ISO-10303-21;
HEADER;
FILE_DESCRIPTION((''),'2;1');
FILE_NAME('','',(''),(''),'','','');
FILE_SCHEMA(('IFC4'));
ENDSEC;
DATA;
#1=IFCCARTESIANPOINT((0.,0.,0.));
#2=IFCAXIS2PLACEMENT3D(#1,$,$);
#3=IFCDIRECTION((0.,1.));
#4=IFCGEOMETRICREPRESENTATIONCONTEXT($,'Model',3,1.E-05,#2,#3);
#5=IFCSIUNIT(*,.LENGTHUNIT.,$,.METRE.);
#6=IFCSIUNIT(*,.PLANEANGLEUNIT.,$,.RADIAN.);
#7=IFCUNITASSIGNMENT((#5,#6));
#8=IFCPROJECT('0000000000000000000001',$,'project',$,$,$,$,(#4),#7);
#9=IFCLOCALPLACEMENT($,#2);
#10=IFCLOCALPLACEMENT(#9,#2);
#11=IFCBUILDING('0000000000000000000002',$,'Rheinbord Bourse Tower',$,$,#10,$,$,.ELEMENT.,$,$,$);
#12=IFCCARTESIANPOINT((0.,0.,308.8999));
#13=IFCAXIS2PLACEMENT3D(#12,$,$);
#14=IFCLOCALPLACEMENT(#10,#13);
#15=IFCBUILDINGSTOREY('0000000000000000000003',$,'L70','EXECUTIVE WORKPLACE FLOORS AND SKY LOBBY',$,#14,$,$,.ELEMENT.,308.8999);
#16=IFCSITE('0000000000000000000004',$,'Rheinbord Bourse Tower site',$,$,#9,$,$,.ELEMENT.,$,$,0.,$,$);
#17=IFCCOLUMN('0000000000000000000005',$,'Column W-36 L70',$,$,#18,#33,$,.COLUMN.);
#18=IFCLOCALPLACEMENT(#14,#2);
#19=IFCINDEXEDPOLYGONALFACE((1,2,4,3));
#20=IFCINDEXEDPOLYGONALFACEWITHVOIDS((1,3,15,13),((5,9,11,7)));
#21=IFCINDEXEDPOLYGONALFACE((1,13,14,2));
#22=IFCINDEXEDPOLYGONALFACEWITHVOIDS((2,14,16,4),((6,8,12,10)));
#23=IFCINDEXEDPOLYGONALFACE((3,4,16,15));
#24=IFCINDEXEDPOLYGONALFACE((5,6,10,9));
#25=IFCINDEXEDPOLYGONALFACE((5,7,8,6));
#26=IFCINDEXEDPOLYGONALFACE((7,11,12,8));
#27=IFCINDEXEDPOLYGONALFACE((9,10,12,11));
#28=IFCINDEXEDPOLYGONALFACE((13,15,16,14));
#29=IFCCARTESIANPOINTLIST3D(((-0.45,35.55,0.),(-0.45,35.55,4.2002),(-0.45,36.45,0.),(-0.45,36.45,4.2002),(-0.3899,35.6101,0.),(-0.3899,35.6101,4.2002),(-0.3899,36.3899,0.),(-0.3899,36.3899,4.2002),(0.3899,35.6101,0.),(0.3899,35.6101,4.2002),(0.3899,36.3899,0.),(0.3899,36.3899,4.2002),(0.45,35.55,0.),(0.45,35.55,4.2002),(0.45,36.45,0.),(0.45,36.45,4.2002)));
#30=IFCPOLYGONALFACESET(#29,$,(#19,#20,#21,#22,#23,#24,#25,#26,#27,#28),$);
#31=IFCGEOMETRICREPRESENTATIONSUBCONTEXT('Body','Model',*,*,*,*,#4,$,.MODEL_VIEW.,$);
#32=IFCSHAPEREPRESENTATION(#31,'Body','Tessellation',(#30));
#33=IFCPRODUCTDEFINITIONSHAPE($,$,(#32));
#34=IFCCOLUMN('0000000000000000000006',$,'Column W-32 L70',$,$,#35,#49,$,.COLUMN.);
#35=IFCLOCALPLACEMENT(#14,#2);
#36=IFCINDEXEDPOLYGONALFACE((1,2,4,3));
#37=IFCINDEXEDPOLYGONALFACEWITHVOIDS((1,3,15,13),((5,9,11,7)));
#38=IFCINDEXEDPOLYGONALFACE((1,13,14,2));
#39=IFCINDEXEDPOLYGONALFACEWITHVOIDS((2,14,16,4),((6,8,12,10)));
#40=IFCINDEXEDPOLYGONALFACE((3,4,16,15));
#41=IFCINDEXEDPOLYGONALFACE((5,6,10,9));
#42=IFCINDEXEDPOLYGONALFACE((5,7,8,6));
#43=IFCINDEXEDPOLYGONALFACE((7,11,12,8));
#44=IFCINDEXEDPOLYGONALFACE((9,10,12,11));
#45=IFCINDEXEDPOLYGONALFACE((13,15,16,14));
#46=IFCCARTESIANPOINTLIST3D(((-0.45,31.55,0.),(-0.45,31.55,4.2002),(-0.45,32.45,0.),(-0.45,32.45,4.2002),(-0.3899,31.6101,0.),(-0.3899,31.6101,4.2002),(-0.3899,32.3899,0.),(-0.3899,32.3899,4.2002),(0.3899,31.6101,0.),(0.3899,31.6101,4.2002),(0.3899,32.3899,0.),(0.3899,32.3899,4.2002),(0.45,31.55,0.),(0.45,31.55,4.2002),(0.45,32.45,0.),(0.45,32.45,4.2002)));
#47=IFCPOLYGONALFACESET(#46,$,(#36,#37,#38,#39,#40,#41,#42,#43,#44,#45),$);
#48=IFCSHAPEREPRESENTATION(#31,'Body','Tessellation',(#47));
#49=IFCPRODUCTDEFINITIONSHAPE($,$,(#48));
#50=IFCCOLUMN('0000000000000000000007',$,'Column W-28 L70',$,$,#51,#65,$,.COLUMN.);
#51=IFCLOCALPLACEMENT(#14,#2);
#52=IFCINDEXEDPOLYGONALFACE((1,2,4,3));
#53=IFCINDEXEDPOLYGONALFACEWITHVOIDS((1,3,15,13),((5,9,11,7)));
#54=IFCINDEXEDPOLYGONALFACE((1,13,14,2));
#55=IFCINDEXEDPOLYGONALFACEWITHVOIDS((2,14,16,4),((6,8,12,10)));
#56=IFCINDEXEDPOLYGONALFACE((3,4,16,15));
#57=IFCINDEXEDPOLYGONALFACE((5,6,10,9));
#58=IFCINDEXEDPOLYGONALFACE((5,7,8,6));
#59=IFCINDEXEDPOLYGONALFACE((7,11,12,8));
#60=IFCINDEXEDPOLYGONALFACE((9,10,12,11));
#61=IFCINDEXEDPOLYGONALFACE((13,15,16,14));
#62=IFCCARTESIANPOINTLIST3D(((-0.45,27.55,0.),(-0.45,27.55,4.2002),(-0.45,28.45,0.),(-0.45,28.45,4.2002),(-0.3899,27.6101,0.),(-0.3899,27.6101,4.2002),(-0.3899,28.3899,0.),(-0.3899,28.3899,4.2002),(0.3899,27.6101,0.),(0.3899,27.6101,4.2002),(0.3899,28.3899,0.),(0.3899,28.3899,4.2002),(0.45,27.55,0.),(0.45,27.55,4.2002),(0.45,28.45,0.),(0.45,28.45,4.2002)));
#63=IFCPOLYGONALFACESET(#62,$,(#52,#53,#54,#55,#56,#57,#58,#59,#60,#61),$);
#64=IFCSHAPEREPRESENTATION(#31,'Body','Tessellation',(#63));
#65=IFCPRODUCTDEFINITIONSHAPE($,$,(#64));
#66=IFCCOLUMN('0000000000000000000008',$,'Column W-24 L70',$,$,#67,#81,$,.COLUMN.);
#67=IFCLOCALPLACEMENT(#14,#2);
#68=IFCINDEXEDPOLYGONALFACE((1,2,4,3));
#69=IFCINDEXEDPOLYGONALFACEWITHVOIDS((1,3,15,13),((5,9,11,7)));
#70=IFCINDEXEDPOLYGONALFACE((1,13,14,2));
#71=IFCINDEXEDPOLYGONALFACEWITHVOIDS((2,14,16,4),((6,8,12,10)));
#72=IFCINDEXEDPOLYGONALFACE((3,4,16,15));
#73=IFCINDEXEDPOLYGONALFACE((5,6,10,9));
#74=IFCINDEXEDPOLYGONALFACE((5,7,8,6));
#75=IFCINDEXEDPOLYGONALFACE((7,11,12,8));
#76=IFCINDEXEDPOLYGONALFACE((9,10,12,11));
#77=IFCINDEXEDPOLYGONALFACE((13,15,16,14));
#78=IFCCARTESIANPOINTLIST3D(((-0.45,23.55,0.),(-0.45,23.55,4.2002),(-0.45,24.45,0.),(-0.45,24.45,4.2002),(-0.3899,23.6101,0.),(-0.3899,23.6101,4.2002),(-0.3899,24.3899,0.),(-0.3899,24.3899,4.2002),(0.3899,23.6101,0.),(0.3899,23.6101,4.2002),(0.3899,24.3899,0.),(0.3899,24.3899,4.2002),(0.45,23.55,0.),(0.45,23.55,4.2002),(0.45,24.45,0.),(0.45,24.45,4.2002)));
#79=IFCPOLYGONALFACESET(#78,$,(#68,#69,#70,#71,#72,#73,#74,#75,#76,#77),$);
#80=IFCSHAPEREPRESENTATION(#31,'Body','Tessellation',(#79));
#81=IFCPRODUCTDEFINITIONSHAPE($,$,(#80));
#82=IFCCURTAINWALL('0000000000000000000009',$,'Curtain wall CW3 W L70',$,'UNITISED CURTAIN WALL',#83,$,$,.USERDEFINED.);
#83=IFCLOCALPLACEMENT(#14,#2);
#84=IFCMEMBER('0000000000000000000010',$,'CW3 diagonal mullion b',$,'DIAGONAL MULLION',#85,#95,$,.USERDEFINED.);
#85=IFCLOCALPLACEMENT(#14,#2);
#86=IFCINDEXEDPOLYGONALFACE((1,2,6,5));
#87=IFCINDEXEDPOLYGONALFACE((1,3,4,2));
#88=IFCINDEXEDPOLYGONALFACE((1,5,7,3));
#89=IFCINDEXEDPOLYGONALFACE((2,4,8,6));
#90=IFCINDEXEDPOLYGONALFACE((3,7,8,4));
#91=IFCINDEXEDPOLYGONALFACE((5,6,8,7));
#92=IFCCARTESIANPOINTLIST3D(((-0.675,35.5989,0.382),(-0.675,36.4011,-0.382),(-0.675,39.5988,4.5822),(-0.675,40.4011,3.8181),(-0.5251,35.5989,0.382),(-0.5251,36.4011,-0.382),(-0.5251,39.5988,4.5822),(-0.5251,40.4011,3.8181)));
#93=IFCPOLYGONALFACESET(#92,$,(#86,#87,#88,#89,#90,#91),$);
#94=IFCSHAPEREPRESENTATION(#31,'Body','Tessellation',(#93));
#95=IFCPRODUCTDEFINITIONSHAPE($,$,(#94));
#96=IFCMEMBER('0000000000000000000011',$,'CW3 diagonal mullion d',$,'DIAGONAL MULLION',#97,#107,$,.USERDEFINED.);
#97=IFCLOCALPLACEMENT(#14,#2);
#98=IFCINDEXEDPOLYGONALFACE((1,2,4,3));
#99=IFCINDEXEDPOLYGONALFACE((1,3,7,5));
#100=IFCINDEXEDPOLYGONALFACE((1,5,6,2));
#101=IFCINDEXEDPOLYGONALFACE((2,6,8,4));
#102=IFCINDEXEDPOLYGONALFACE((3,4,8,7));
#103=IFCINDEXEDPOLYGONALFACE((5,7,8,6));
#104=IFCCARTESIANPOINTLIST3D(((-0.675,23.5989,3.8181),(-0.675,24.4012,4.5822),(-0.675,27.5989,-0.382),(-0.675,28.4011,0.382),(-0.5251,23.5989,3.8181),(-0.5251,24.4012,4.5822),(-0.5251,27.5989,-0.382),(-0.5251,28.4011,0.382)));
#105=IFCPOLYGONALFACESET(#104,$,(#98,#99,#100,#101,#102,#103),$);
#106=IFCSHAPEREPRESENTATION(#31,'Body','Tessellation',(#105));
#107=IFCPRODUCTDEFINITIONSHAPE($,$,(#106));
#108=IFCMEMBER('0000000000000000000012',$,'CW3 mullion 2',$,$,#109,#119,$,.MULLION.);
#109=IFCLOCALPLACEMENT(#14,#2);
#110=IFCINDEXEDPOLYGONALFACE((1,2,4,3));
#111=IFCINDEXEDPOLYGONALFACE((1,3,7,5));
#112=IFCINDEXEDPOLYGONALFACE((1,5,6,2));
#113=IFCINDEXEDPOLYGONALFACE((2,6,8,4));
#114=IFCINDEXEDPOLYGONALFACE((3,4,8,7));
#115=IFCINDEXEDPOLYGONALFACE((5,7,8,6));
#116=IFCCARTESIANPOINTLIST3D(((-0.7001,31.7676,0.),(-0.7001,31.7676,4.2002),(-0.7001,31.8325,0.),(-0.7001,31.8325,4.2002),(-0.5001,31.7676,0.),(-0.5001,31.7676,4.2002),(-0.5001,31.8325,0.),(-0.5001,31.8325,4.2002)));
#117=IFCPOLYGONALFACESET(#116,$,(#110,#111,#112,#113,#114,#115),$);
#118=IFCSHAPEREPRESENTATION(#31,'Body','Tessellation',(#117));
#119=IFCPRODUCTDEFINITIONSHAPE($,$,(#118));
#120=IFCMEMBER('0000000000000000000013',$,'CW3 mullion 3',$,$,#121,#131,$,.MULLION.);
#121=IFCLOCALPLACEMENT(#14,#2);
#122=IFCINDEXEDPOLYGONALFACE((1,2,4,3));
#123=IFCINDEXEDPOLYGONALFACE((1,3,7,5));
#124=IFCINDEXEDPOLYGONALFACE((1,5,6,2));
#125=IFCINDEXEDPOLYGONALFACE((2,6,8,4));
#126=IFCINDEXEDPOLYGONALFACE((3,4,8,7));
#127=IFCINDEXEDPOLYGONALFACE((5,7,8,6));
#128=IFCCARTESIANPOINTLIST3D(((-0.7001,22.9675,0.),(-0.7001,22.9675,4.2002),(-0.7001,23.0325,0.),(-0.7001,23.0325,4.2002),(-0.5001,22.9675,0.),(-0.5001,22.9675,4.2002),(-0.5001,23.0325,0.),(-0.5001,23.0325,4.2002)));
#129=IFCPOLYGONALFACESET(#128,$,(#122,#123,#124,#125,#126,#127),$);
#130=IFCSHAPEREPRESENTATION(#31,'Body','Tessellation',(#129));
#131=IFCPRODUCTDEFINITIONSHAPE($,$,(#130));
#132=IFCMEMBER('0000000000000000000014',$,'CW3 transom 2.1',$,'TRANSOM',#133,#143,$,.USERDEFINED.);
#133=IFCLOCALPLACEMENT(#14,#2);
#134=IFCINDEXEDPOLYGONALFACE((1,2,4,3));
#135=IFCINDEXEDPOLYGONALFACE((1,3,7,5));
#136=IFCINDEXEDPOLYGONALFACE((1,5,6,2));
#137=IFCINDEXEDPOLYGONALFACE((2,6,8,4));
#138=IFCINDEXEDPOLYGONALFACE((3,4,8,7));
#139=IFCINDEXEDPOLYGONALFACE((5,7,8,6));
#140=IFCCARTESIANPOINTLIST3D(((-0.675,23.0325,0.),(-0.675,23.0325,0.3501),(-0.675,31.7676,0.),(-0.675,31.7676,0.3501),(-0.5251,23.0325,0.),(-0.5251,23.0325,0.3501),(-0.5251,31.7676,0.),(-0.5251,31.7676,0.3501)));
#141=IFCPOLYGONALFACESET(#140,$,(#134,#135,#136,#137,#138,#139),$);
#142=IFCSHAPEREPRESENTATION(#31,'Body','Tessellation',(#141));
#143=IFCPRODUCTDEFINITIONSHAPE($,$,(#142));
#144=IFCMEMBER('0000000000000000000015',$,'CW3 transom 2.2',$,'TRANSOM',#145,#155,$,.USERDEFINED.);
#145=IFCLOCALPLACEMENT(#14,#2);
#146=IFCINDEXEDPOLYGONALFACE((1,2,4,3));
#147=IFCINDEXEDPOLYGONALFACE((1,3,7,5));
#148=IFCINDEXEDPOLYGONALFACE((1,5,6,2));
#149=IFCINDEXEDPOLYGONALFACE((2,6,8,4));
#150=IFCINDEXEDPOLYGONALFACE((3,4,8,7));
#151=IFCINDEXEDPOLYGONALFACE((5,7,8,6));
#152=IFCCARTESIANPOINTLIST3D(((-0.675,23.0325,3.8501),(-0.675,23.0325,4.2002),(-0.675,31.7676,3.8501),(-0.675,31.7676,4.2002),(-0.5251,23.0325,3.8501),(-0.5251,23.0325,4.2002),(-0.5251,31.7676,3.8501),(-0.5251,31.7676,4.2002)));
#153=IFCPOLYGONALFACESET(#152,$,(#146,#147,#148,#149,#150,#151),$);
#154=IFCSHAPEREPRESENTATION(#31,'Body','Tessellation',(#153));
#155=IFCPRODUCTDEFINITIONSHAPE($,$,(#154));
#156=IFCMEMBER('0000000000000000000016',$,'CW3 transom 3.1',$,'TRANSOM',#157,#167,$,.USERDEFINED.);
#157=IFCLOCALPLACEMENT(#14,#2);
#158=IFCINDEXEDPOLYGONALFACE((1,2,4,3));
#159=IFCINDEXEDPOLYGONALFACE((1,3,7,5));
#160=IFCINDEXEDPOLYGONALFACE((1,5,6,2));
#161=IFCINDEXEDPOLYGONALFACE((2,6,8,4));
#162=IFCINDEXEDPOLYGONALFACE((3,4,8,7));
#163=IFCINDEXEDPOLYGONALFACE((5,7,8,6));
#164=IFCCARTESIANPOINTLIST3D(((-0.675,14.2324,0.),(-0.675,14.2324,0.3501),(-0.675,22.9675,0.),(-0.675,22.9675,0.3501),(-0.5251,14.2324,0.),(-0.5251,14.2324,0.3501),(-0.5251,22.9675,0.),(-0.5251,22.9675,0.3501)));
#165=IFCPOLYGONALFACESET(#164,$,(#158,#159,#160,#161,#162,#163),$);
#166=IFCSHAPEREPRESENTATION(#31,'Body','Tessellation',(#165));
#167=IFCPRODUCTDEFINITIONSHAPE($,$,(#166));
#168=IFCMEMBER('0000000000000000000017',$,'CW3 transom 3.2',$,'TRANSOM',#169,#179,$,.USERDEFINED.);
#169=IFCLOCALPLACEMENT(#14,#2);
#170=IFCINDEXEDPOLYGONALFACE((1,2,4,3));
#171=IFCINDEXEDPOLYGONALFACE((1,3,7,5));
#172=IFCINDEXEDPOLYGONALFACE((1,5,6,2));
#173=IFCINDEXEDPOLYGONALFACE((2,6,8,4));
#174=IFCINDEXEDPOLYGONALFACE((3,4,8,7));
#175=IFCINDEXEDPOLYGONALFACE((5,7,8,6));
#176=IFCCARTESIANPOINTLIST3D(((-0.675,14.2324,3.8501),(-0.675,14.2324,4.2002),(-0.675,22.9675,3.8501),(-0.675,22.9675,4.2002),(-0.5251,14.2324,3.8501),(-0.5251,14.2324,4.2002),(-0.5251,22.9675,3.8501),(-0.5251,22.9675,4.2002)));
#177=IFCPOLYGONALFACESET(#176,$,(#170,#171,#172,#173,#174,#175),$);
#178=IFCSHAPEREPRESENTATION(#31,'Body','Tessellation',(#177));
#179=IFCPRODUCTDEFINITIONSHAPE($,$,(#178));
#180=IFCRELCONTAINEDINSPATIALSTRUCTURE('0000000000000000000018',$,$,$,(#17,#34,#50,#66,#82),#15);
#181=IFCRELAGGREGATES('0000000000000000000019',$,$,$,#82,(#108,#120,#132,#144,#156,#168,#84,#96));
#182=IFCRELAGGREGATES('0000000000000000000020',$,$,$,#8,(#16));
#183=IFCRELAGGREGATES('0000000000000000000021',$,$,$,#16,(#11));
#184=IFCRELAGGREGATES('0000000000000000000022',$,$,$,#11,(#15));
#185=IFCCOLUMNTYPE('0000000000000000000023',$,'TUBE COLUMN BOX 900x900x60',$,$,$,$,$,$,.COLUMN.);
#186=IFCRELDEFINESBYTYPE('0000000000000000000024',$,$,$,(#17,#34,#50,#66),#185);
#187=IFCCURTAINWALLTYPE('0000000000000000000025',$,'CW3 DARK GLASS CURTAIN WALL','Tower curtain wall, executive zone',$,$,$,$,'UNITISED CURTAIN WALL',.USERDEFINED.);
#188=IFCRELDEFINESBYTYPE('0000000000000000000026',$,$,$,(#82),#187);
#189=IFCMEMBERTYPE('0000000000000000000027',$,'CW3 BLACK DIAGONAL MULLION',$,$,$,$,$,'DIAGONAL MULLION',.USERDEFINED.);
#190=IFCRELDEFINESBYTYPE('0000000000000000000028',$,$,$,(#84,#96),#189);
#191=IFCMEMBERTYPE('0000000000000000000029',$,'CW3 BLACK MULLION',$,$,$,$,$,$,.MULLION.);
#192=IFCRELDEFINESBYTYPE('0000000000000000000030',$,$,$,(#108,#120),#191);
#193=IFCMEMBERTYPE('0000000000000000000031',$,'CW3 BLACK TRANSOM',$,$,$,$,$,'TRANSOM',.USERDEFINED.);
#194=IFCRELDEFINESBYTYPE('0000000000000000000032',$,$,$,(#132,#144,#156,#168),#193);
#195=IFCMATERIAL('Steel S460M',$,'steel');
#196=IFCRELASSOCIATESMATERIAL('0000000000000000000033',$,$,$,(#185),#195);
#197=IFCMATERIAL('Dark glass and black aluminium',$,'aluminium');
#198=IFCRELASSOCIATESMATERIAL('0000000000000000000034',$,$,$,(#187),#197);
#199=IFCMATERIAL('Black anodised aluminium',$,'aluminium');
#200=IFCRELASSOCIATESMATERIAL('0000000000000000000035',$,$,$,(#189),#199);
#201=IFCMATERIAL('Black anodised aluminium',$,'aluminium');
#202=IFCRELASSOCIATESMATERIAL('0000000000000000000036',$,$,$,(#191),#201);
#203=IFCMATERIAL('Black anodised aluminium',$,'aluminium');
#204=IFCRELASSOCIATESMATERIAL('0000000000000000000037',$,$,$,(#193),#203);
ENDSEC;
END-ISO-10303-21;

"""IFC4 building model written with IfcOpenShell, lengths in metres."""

from ifc_helpers import new_model, si_unit, direction, frame, origin, origin_2d, place, context, subcontext, project, spatial, rectangle, hollow_rectangle, extrude, material, material_profile, profile_set, type_object, element, aggregate, save


model = new_model("IFC4")

# Units and contexts
model_context = context("Model", 3, precision=1e-05, world=origin(), true_north=direction((0.0, 1.0)))
body_context = subcontext(model_context, "Body", "Model", "MODEL_VIEW")
ifc_project = project(units=[si_unit("LENGTHUNIT", "METRE"), si_unit("PLANEANGLEUNIT", "RADIAN")], contexts=[model_context])

# Site, building, storey
site_placement = place(None, origin())
site = spatial("IfcSite", under=ifc_project, at=site_placement, Name="Rheinbord Bourse Tower site", CompositionType="ELEMENT", RefElevation=0.0)
building_placement = place(site_placement, origin())
building = spatial("IfcBuilding", under=site, at=building_placement, Name="Rheinbord Bourse Tower", CompositionType="ELEMENT")
storey_placement = place(building_placement, frame((0.0, 0.0, 308.8999)))
storey = spatial("IfcBuildingStorey", under=building, at=storey_placement, Name="L70", Description="EXECUTIVE WORKPLACE FLOORS AND SKY LOBBY", CompositionType="ELEMENT", Elevation=308.8999)

# Columns
ifc_material_1 = material(Name="Steel S460M", Category="steel")
ifc_material_profile_1 = material_profile(ifc_material_1, hollow_rectangle(XDim=0.8999, YDim=0.8999, WallThickness=0.0601, at=origin_2d()), Name="BOX 900x900x60")
ifc_profile_set_1 = profile_set([ifc_material_profile_1], Name="Steel S460M")
column_type = type_object("IfcColumnType", Name="TUBE COLUMN BOX 900x900x60", PredefinedType="COLUMN", material=ifc_profile_set_1)
for number, where, z_axis, x_axis, name in (
    (1, (0.0, 36.0, 0.0), (0.0, 0.0, 1.0), (1.0, 0.0, 0.0), "Column W-36 L70"),
    (2, (0.0, 32.0, 0.0), (0.0, 0.0, 1.0), (1.0, 0.0, 0.0), "Column W-32 L70"),
    (3, (0.0, 28.0, 0.0), (0.0, 0.0, 1.0), (1.0, 0.0, 0.0), "Column W-28 L70"),
    (4, (0.0, 24.0, 0.0), (0.0, 0.0, 1.0), (1.0, 0.0, 0.0), "Column W-24 L70"),
):
    element("IfcColumn", number, at=place(storey_placement, frame(where, z_axis=z_axis, x_axis=x_axis)), inside=storey, type_object=column_type, Name=name, PredefinedType="COLUMN", context=body_context, shape_type="SweptSolid", body=[
        extrude(hollow_rectangle(XDim=0.8999, YDim=0.8999, WallThickness=0.0601, at=origin_2d()), origin(), (0.0, 0.0, 1.0), 4.2002),
    ])

# Curtain wall, members
ifc_material_2 = material(Name="Dark glass and black aluminium", Category="aluminium")
curtain_wall_type = type_object("IfcCurtainWallType", Name="CW3 DARK GLASS CURTAIN WALL", Description="Tower curtain wall, executive zone", ElementType="UNITISED CURTAIN WALL", PredefinedType="USERDEFINED", material=ifc_material_2)
curtain_wall_placement = place(storey_placement, origin())
curtain_wall = element("IfcCurtainWall", 5, at=curtain_wall_placement, inside=storey, type_object=curtain_wall_type, Name="Curtain wall CW3 W L70", ObjectType="UNITISED CURTAIN WALL", PredefinedType="USERDEFINED")
ifc_material_3 = material(Name="Black anodised aluminium", Category="aluminium")
ifc_material_profile_2 = material_profile(ifc_material_3, rectangle(XDim=0.1499, YDim=1.1079, at=origin_2d()), Name="CW3 DIAGONAL MULLION 1108x150")
ifc_profile_set_2 = profile_set([ifc_material_profile_2], Name="Black anodised aluminium")
member_type_1 = type_object("IfcMemberType", Name="CW3 BLACK DIAGONAL MULLION", ElementType="DIAGONAL MULLION", PredefinedType="USERDEFINED", material=ifc_profile_set_2)
member_1_placement = place(storey_placement, frame((-0.6001, 36.0, 0.0), z_axis=(0.0, 0.689638, 0.724154), x_axis=(-1.0, 0.0, 0.0)))
member_1 = element("IfcMember", 6, at=member_1_placement, type_object=member_type_1, Name="CW3 diagonal mullion b", ObjectType="DIAGONAL MULLION", PredefinedType="USERDEFINED", context=body_context, shape_type="SweptSolid", body=[
    extrude(rectangle(XDim=0.1499, YDim=1.1079, at=origin_2d()), origin(), (0.0, 0.0, 1.0), 5.8),
])
member_2_placement = place(storey_placement, frame((-0.6001, 28.0, 0.0), z_axis=(0.0, -0.689638, 0.724154), x_axis=(1.0, 0.0, 0.0)))
member_2 = element("IfcMember", 7, at=member_2_placement, type_object=member_type_1, Name="CW3 diagonal mullion d", ObjectType="DIAGONAL MULLION", PredefinedType="USERDEFINED", context=body_context, shape_type="SweptSolid", body=[
    extrude(rectangle(XDim=0.1499, YDim=1.1079, at=origin_2d()), origin(), (0.0, 0.0, 1.0), 5.8),
])
ifc_material_4 = material(Name="Black anodised aluminium", Category="aluminium")
ifc_material_profile_3 = material_profile(ifc_material_4, rectangle(XDim=0.2, YDim=0.0649, at=origin_2d()), Name="CW3 MULLION 65x200")
ifc_profile_set_3 = profile_set([ifc_material_profile_3], Name="Black anodised aluminium")
member_type_2 = type_object("IfcMemberType", Name="CW3 BLACK MULLION", PredefinedType="MULLION", material=ifc_profile_set_3)
member_3_placement = place(storey_placement, frame((-0.6001, 31.8, 0.0), z_axis=(0.0, 0.0, 1.0), x_axis=(1.0, 0.0, 0.0)))
member_3 = element("IfcMember", 8, at=member_3_placement, type_object=member_type_2, Name="CW3 mullion 2", PredefinedType="MULLION", context=body_context, shape_type="SweptSolid", body=[
    extrude(rectangle(XDim=0.2, YDim=0.0649, at=origin_2d()), origin(), (0.0, 0.0, 1.0), 4.2002),
])
member_4_placement = place(storey_placement, frame((-0.6001, 23.0, 0.0), z_axis=(0.0, 0.0, 1.0), x_axis=(1.0, 0.0, 0.0)))
member_4 = element("IfcMember", 9, at=member_4_placement, type_object=member_type_2, Name="CW3 mullion 3", PredefinedType="MULLION", context=body_context, shape_type="SweptSolid", body=[
    extrude(rectangle(XDim=0.2, YDim=0.0649, at=origin_2d()), origin(), (0.0, 0.0, 1.0), 4.2002),
])
ifc_material_5 = material(Name="Black anodised aluminium", Category="aluminium")
ifc_material_profile_4 = material_profile(ifc_material_5, rectangle(XDim=0.1499, YDim=0.3501, at=origin_2d()), Name="CW3 TRANSOM 350x150")
ifc_profile_set_4 = profile_set([ifc_material_profile_4], Name="Black anodised aluminium")
member_type_3 = type_object("IfcMemberType", Name="CW3 BLACK TRANSOM", ElementType="TRANSOM", PredefinedType="USERDEFINED", material=ifc_profile_set_4)
member_5_placement = place(storey_placement, frame((-0.6001, 31.7676, 0.175), z_axis=(0.0, -1.0, 0.0), x_axis=(1.0, 0.0, 0.0)))
member_5 = element("IfcMember", 10, at=member_5_placement, type_object=member_type_3, Name="CW3 transom 2.1", ObjectType="TRANSOM", PredefinedType="USERDEFINED", context=body_context, shape_type="SweptSolid", body=[
    extrude(rectangle(XDim=0.1499, YDim=0.3501, at=origin_2d()), origin(), (0.0, 0.0, 1.0), 8.7351),
])
member_6_placement = place(storey_placement, frame((-0.6001, 31.7676, 4.0251), z_axis=(0.0, -1.0, 0.0), x_axis=(1.0, 0.0, 0.0)))
member_6 = element("IfcMember", 11, at=member_6_placement, type_object=member_type_3, Name="CW3 transom 2.2", ObjectType="TRANSOM", PredefinedType="USERDEFINED", context=body_context, shape_type="SweptSolid", body=[
    extrude(rectangle(XDim=0.1499, YDim=0.3501, at=origin_2d()), origin(), (0.0, 0.0, 1.0), 8.7351),
])
member_7_placement = place(storey_placement, frame((-0.6001, 22.9675, 0.175), z_axis=(0.0, -1.0, 0.0), x_axis=(1.0, 0.0, 0.0)))
member_7 = element("IfcMember", 12, at=member_7_placement, type_object=member_type_3, Name="CW3 transom 3.1", ObjectType="TRANSOM", PredefinedType="USERDEFINED", context=body_context, shape_type="SweptSolid", body=[
    extrude(rectangle(XDim=0.1499, YDim=0.3501, at=origin_2d()), origin(), (0.0, 0.0, 1.0), 8.7351),
])
member_8_placement = place(storey_placement, frame((-0.6001, 22.9675, 4.0251), z_axis=(0.0, -1.0, 0.0), x_axis=(1.0, 0.0, 0.0)))
member_8 = element("IfcMember", 13, at=member_8_placement, type_object=member_type_3, Name="CW3 transom 3.2", ObjectType="TRANSOM", PredefinedType="USERDEFINED", context=body_context, shape_type="SweptSolid", body=[
    extrude(rectangle(XDim=0.1499, YDim=0.3501, at=origin_2d()), origin(), (0.0, 0.0, 1.0), 8.7351),
])

aggregate(curtain_wall, [member_3, member_4, member_5, member_6, member_7, member_8, member_1, member_2])

save(model, "model.ifc")
